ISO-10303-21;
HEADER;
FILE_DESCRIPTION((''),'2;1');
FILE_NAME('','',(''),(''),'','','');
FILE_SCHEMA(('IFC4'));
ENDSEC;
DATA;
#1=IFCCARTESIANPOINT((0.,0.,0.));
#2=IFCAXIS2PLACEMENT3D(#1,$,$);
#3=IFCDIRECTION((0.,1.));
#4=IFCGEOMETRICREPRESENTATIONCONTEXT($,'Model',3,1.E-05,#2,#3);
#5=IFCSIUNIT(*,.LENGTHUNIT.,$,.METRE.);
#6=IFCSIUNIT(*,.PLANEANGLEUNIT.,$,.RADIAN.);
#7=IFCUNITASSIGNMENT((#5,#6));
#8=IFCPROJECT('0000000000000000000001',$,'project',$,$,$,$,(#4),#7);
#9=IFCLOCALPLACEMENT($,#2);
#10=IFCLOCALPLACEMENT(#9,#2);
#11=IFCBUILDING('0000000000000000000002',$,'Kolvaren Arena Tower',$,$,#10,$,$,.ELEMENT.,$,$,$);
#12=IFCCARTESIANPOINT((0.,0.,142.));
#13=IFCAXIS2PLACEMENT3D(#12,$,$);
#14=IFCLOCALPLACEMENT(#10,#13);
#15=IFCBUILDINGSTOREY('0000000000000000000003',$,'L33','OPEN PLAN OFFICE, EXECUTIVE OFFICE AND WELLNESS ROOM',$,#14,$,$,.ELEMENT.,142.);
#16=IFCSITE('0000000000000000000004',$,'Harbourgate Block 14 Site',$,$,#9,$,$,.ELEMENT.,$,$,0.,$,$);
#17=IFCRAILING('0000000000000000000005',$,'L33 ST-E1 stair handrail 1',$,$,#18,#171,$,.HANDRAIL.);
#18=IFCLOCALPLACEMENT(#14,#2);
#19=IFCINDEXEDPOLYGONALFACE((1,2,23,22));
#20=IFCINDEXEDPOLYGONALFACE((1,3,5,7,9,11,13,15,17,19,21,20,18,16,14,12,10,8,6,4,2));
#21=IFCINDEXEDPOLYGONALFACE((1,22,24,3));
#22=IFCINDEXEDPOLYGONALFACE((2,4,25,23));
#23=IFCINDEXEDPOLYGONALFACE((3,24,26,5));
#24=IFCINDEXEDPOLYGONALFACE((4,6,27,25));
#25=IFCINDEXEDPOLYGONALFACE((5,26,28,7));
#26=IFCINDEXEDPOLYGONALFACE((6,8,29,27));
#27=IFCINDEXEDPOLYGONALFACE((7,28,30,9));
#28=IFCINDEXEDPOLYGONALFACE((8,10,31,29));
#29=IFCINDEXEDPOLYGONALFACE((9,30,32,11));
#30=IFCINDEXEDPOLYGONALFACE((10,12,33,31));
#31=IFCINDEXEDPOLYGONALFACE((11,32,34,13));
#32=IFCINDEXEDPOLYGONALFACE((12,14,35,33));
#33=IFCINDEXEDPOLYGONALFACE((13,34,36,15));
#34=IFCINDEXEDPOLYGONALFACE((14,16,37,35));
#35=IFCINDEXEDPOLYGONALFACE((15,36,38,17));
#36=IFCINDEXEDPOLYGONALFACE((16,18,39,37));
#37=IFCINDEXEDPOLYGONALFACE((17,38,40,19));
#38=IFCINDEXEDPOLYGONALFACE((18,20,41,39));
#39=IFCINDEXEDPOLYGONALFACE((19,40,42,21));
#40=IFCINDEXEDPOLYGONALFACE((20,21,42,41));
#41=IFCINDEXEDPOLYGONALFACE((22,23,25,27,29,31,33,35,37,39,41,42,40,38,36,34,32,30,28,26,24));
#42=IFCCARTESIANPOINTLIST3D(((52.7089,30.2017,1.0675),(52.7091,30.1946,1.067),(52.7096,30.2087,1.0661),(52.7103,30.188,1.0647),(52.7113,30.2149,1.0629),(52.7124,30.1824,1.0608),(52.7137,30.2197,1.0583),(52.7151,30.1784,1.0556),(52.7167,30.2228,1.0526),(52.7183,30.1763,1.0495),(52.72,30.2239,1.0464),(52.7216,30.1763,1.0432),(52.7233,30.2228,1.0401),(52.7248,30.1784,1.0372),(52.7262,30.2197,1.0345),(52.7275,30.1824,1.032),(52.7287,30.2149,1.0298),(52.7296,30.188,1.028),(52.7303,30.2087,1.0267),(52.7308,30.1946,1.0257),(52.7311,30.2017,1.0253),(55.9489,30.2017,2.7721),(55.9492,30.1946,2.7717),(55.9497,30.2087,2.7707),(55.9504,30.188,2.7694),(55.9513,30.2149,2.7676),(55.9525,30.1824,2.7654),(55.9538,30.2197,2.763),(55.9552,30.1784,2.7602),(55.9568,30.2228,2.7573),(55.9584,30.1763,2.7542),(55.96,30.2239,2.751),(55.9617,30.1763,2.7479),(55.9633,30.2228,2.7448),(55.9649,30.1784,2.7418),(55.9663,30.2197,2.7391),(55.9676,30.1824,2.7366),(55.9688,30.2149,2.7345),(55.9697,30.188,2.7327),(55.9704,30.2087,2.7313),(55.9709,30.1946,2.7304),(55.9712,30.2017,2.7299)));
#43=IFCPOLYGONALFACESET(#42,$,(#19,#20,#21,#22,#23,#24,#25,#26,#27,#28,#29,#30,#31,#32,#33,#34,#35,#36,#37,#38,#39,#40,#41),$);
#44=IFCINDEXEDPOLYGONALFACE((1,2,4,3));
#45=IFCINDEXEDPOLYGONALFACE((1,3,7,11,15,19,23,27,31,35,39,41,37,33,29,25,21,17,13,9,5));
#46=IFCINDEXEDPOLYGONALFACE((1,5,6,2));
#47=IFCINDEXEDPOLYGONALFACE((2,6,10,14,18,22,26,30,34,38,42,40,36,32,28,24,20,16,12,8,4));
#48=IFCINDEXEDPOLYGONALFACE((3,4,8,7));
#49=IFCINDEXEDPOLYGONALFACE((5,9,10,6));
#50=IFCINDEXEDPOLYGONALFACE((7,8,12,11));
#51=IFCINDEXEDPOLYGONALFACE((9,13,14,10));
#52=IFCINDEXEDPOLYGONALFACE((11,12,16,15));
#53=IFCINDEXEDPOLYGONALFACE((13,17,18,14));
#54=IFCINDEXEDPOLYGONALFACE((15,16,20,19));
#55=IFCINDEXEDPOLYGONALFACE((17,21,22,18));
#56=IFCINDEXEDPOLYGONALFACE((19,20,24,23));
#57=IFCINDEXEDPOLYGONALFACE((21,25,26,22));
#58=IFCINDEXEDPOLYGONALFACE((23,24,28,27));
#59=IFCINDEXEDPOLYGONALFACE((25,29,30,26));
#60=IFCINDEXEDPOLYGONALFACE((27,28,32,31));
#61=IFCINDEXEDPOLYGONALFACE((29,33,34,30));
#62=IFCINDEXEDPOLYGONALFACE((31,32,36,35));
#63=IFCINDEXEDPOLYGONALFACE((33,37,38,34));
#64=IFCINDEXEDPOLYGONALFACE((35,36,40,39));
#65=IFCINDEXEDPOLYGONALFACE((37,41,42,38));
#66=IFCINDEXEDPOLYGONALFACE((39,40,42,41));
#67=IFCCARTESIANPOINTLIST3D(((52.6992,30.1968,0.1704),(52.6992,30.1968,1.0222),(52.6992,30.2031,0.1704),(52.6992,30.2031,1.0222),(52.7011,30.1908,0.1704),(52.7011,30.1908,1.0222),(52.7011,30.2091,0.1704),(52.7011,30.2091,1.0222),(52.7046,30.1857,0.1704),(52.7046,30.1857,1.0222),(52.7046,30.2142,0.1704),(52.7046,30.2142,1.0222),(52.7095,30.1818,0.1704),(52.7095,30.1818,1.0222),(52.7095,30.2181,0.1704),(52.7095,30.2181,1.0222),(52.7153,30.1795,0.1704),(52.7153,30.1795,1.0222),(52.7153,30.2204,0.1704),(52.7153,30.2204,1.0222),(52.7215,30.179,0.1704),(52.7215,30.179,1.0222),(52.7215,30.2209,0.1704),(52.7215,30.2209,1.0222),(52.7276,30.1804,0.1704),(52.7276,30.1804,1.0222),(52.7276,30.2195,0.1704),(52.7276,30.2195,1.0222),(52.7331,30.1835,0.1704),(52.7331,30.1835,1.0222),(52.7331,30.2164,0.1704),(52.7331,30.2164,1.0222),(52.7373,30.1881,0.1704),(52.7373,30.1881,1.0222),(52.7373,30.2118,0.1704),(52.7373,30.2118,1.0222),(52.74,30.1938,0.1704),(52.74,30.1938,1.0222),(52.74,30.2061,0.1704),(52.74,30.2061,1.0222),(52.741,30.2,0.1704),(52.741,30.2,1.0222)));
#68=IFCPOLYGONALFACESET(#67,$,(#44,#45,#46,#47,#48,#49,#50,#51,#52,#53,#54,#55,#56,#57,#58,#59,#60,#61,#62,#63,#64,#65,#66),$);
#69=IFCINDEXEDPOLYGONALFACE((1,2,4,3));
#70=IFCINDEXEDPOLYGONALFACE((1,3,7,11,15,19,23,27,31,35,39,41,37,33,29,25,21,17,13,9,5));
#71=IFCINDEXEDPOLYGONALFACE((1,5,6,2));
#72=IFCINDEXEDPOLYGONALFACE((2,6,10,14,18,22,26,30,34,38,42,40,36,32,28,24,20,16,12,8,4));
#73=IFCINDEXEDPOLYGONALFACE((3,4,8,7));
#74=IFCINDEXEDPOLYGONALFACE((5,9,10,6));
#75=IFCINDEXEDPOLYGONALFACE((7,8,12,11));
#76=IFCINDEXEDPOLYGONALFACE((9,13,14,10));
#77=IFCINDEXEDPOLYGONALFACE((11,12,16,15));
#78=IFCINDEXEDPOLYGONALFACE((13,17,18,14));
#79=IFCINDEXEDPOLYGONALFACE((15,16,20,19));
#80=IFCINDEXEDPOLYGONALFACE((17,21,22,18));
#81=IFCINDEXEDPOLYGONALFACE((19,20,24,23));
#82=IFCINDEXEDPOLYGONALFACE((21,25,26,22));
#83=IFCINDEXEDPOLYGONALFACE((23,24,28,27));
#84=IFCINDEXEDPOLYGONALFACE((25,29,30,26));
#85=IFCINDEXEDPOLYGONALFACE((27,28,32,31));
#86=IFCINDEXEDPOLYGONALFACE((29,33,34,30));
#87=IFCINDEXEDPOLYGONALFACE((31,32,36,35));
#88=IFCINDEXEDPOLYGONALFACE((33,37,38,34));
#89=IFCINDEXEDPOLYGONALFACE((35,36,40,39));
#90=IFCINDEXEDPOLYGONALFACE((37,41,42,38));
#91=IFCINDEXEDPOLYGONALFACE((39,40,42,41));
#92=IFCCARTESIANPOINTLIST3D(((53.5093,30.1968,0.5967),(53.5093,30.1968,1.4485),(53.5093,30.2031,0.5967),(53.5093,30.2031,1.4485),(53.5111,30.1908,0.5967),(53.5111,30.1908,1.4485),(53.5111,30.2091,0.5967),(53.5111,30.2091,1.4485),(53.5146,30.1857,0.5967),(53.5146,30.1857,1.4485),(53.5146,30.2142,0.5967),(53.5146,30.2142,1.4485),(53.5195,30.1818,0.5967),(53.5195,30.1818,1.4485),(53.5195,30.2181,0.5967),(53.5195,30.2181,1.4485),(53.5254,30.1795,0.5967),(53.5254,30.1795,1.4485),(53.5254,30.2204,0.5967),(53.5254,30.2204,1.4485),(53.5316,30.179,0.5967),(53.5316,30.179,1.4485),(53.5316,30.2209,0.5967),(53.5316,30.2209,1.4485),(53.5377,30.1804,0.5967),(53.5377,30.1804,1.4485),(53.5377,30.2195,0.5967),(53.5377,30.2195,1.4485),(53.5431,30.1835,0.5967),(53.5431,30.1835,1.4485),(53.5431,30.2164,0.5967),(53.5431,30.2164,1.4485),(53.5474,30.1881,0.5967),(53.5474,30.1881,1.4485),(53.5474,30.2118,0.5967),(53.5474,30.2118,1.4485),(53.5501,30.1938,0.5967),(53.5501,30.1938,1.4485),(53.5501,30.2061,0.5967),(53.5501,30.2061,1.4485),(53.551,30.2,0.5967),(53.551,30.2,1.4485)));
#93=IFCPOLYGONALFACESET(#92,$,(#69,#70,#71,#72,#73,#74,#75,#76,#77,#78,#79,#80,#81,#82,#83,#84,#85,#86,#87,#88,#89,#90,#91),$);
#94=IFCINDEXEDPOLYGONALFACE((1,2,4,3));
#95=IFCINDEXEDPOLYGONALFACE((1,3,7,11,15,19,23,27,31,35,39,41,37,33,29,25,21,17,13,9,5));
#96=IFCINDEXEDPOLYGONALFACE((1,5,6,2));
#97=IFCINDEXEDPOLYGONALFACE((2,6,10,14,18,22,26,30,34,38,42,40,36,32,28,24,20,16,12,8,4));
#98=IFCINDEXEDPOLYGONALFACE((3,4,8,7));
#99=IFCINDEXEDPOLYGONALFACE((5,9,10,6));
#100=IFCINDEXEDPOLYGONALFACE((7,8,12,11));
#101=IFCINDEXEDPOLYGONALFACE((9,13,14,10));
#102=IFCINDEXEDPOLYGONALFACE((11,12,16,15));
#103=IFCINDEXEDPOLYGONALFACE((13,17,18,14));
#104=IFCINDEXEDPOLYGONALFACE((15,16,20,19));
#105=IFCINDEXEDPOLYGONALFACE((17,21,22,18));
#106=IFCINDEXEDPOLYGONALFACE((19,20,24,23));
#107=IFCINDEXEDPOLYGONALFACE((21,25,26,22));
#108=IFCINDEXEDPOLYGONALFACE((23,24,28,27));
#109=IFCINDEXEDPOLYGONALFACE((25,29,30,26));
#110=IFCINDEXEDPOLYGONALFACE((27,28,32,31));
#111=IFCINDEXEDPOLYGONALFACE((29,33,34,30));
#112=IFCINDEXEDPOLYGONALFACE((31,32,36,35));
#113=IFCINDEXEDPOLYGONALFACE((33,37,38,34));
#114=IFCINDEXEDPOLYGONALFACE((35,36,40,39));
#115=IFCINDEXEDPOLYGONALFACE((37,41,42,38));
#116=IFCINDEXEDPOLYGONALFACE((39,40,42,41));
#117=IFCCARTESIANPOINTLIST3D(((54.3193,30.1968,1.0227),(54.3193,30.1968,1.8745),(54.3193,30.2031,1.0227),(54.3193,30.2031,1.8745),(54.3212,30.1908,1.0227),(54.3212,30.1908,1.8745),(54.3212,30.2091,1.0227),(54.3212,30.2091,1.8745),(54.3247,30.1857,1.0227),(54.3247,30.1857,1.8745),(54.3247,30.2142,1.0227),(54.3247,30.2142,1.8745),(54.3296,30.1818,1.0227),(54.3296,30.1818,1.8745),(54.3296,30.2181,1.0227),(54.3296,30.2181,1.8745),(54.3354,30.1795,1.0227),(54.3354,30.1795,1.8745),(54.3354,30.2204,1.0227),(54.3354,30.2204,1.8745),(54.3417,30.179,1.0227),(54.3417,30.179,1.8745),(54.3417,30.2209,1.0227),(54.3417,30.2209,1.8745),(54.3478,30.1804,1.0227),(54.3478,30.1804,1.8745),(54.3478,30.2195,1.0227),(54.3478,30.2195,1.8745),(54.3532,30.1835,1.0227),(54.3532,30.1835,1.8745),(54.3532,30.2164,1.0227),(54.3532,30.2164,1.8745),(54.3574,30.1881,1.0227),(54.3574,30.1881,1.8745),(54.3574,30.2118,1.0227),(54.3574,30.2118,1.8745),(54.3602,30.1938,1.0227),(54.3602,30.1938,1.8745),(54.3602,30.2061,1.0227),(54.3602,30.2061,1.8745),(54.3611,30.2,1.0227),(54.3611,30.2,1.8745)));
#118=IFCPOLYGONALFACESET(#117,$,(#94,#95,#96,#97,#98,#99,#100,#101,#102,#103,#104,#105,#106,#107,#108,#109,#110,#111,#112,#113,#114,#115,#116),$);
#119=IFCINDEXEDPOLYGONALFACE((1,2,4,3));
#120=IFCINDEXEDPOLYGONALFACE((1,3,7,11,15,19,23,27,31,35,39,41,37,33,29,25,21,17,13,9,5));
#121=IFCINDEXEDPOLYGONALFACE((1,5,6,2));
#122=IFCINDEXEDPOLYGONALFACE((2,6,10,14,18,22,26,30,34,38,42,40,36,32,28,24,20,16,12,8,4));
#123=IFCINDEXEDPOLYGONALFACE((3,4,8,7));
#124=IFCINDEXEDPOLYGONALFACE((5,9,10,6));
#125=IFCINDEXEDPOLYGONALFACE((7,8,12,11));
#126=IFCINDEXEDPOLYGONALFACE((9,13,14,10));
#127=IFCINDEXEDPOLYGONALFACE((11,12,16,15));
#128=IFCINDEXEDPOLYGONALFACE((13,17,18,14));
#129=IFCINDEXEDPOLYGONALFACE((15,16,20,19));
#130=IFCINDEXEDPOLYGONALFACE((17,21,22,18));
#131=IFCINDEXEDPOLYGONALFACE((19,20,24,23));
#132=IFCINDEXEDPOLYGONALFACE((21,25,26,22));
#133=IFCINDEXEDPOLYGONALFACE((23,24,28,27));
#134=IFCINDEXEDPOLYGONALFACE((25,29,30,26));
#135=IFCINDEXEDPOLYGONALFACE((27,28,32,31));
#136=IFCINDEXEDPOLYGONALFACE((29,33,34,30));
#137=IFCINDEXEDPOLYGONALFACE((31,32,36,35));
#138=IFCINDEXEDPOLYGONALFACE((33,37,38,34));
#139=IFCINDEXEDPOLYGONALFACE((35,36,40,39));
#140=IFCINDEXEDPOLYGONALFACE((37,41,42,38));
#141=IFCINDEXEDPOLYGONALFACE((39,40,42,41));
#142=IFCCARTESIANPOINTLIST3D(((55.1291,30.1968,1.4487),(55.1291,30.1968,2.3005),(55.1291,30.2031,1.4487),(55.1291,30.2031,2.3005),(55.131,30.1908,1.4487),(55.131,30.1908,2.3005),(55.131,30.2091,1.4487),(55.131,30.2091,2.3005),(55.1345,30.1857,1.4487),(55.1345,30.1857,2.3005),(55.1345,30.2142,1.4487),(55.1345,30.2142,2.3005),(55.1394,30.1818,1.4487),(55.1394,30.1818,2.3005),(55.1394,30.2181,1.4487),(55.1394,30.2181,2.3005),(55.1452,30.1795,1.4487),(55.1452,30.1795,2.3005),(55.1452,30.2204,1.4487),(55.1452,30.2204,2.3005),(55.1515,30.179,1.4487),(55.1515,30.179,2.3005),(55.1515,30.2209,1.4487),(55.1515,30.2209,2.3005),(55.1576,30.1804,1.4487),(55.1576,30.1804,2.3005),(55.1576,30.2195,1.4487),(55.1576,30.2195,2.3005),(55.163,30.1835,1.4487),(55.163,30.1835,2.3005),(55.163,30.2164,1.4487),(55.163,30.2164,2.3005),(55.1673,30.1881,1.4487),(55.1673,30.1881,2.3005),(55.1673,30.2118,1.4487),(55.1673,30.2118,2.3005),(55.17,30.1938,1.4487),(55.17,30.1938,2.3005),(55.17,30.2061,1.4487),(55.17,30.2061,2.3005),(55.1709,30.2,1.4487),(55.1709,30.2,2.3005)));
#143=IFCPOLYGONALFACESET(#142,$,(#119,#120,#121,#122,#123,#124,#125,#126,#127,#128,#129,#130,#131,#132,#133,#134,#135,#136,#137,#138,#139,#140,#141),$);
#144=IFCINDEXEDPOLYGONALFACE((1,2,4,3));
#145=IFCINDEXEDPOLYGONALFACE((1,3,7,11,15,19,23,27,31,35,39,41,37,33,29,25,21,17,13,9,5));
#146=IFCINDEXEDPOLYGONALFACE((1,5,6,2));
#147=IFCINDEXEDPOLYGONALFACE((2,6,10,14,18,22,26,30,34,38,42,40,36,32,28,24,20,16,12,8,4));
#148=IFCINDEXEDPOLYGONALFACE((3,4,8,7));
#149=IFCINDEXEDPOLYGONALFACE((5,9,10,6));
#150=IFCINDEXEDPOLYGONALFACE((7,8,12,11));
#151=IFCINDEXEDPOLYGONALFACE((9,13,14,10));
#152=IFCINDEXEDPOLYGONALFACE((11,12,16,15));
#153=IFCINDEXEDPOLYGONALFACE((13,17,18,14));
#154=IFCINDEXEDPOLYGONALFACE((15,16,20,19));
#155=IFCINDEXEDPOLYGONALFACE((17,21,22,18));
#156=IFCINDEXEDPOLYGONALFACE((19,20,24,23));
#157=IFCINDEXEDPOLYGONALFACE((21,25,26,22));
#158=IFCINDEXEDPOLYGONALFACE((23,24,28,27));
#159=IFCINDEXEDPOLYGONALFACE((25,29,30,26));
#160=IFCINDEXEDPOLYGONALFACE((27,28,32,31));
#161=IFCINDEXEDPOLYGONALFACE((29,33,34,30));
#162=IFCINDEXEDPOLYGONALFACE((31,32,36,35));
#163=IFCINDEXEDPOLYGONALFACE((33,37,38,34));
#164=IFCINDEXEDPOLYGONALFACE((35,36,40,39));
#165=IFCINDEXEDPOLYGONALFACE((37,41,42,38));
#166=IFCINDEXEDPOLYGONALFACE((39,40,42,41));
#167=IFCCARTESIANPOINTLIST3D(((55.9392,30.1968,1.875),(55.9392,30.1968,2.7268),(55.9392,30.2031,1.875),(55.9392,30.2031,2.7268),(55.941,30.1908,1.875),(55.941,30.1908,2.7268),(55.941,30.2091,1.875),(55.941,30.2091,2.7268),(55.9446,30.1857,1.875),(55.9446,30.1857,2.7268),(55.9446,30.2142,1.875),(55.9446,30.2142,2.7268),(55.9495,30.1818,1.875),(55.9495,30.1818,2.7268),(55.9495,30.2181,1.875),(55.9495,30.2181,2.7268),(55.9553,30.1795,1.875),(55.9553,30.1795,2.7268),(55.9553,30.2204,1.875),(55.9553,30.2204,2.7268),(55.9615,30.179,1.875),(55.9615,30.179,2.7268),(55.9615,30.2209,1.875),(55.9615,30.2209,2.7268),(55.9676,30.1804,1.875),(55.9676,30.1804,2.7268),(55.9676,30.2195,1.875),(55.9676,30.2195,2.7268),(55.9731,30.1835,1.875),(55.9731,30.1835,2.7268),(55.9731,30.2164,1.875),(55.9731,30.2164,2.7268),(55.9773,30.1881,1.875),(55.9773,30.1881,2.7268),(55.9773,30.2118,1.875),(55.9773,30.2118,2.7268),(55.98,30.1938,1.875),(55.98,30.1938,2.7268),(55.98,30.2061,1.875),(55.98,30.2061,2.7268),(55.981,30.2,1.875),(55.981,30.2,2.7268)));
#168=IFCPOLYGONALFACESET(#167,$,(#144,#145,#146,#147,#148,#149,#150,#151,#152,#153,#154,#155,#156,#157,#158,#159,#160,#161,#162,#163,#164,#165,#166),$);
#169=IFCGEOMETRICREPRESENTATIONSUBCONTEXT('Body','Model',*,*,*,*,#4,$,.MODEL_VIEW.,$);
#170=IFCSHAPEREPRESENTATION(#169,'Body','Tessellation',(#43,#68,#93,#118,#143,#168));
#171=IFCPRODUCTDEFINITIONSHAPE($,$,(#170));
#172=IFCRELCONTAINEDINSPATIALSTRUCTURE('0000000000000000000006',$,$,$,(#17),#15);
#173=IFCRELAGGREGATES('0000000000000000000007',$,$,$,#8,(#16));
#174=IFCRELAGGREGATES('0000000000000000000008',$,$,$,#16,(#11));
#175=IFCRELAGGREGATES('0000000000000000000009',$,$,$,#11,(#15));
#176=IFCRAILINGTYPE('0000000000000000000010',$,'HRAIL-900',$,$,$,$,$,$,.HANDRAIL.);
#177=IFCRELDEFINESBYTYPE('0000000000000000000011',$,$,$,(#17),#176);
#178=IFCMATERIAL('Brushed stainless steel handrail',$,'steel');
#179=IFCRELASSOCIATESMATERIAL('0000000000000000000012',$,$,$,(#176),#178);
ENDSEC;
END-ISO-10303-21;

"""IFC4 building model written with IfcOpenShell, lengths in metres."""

from ifc_helpers import new_model, si_unit, direction, frame, origin, origin_2d, place, context, subcontext, project, spatial, circle, extrude, material, type_object, element, save


model = new_model("IFC4")

# Units and contexts
model_context = context("Model", 3, precision=1e-05, world=origin(), true_north=direction((0.0, 1.0)))
body_context = subcontext(model_context, "Body", "Model", "MODEL_VIEW")
ifc_project = project(units=[si_unit("LENGTHUNIT", "METRE"), si_unit("PLANEANGLEUNIT", "RADIAN")], contexts=[model_context])

# Site, building, storey
site_placement = place(None, origin())
site = spatial("IfcSite", under=ifc_project, at=site_placement, Name="Harbourgate Block 14 Site", CompositionType="ELEMENT", RefElevation=0.0)
building_placement = place(site_placement, origin())
building = spatial("IfcBuilding", under=site, at=building_placement, Name="Kolvaren Arena Tower", CompositionType="ELEMENT")
storey_placement = place(building_placement, frame((0.0, 0.0, 142.0)))
storey = spatial("IfcBuildingStorey", under=building, at=storey_placement, Name="L33", Description="OPEN PLAN OFFICE, EXECUTIVE OFFICE AND WELLNESS ROOM", CompositionType="ELEMENT", Elevation=142.0)

# Railing
ifc_material_1 = material(Name="Brushed stainless steel handrail", Category="steel")
railing_type_1 = type_object("IfcRailingType", Name="HRAIL-900", PredefinedType="HANDRAIL", material=ifc_material_1)
for number, where, name in (
    (1, (52.72, 30.2, 0.1704), "L33 ST-E1 stair handrail 1"),
):
    element("IfcRailing", number, at=place(storey_placement, frame(where)), inside=storey, type_object=railing_type_1, Name=name, PredefinedType="HANDRAIL", context=body_context, shape_type="SweptSolid", body=[
        extrude(circle(Radius=0.0239, at=origin_2d()), frame((0.0, 0.0, 0.876), z_axis=(0.884993, 0.0, 0.465604), x_axis=(0.0, 1.0, 0.0)), (0.0, 0.0, 1.0), 3.6611),
        extrude(circle(Radius=0.021, at=origin_2d()), origin(), (0.0, 0.0, 1.0), 0.8518),
        extrude(circle(Radius=0.021, at=origin_2d()), frame((0.8101, 0.0, 0.4263)), (0.0, 0.0, 1.0), 0.8518),
        extrude(circle(Radius=0.021, at=origin_2d()), frame((1.6201, 0.0, 0.8523)), (0.0, 0.0, 1.0), 0.8518),
        extrude(circle(Radius=0.021, at=origin_2d()), frame((2.4299, 0.0, 1.2783)), (0.0, 0.0, 1.0), 0.8518),
        extrude(circle(Radius=0.021, at=origin_2d()), frame((3.24, 0.0, 1.7046)), (0.0, 0.0, 1.0), 0.8518),
    ])

save(model, "model.ifc")
